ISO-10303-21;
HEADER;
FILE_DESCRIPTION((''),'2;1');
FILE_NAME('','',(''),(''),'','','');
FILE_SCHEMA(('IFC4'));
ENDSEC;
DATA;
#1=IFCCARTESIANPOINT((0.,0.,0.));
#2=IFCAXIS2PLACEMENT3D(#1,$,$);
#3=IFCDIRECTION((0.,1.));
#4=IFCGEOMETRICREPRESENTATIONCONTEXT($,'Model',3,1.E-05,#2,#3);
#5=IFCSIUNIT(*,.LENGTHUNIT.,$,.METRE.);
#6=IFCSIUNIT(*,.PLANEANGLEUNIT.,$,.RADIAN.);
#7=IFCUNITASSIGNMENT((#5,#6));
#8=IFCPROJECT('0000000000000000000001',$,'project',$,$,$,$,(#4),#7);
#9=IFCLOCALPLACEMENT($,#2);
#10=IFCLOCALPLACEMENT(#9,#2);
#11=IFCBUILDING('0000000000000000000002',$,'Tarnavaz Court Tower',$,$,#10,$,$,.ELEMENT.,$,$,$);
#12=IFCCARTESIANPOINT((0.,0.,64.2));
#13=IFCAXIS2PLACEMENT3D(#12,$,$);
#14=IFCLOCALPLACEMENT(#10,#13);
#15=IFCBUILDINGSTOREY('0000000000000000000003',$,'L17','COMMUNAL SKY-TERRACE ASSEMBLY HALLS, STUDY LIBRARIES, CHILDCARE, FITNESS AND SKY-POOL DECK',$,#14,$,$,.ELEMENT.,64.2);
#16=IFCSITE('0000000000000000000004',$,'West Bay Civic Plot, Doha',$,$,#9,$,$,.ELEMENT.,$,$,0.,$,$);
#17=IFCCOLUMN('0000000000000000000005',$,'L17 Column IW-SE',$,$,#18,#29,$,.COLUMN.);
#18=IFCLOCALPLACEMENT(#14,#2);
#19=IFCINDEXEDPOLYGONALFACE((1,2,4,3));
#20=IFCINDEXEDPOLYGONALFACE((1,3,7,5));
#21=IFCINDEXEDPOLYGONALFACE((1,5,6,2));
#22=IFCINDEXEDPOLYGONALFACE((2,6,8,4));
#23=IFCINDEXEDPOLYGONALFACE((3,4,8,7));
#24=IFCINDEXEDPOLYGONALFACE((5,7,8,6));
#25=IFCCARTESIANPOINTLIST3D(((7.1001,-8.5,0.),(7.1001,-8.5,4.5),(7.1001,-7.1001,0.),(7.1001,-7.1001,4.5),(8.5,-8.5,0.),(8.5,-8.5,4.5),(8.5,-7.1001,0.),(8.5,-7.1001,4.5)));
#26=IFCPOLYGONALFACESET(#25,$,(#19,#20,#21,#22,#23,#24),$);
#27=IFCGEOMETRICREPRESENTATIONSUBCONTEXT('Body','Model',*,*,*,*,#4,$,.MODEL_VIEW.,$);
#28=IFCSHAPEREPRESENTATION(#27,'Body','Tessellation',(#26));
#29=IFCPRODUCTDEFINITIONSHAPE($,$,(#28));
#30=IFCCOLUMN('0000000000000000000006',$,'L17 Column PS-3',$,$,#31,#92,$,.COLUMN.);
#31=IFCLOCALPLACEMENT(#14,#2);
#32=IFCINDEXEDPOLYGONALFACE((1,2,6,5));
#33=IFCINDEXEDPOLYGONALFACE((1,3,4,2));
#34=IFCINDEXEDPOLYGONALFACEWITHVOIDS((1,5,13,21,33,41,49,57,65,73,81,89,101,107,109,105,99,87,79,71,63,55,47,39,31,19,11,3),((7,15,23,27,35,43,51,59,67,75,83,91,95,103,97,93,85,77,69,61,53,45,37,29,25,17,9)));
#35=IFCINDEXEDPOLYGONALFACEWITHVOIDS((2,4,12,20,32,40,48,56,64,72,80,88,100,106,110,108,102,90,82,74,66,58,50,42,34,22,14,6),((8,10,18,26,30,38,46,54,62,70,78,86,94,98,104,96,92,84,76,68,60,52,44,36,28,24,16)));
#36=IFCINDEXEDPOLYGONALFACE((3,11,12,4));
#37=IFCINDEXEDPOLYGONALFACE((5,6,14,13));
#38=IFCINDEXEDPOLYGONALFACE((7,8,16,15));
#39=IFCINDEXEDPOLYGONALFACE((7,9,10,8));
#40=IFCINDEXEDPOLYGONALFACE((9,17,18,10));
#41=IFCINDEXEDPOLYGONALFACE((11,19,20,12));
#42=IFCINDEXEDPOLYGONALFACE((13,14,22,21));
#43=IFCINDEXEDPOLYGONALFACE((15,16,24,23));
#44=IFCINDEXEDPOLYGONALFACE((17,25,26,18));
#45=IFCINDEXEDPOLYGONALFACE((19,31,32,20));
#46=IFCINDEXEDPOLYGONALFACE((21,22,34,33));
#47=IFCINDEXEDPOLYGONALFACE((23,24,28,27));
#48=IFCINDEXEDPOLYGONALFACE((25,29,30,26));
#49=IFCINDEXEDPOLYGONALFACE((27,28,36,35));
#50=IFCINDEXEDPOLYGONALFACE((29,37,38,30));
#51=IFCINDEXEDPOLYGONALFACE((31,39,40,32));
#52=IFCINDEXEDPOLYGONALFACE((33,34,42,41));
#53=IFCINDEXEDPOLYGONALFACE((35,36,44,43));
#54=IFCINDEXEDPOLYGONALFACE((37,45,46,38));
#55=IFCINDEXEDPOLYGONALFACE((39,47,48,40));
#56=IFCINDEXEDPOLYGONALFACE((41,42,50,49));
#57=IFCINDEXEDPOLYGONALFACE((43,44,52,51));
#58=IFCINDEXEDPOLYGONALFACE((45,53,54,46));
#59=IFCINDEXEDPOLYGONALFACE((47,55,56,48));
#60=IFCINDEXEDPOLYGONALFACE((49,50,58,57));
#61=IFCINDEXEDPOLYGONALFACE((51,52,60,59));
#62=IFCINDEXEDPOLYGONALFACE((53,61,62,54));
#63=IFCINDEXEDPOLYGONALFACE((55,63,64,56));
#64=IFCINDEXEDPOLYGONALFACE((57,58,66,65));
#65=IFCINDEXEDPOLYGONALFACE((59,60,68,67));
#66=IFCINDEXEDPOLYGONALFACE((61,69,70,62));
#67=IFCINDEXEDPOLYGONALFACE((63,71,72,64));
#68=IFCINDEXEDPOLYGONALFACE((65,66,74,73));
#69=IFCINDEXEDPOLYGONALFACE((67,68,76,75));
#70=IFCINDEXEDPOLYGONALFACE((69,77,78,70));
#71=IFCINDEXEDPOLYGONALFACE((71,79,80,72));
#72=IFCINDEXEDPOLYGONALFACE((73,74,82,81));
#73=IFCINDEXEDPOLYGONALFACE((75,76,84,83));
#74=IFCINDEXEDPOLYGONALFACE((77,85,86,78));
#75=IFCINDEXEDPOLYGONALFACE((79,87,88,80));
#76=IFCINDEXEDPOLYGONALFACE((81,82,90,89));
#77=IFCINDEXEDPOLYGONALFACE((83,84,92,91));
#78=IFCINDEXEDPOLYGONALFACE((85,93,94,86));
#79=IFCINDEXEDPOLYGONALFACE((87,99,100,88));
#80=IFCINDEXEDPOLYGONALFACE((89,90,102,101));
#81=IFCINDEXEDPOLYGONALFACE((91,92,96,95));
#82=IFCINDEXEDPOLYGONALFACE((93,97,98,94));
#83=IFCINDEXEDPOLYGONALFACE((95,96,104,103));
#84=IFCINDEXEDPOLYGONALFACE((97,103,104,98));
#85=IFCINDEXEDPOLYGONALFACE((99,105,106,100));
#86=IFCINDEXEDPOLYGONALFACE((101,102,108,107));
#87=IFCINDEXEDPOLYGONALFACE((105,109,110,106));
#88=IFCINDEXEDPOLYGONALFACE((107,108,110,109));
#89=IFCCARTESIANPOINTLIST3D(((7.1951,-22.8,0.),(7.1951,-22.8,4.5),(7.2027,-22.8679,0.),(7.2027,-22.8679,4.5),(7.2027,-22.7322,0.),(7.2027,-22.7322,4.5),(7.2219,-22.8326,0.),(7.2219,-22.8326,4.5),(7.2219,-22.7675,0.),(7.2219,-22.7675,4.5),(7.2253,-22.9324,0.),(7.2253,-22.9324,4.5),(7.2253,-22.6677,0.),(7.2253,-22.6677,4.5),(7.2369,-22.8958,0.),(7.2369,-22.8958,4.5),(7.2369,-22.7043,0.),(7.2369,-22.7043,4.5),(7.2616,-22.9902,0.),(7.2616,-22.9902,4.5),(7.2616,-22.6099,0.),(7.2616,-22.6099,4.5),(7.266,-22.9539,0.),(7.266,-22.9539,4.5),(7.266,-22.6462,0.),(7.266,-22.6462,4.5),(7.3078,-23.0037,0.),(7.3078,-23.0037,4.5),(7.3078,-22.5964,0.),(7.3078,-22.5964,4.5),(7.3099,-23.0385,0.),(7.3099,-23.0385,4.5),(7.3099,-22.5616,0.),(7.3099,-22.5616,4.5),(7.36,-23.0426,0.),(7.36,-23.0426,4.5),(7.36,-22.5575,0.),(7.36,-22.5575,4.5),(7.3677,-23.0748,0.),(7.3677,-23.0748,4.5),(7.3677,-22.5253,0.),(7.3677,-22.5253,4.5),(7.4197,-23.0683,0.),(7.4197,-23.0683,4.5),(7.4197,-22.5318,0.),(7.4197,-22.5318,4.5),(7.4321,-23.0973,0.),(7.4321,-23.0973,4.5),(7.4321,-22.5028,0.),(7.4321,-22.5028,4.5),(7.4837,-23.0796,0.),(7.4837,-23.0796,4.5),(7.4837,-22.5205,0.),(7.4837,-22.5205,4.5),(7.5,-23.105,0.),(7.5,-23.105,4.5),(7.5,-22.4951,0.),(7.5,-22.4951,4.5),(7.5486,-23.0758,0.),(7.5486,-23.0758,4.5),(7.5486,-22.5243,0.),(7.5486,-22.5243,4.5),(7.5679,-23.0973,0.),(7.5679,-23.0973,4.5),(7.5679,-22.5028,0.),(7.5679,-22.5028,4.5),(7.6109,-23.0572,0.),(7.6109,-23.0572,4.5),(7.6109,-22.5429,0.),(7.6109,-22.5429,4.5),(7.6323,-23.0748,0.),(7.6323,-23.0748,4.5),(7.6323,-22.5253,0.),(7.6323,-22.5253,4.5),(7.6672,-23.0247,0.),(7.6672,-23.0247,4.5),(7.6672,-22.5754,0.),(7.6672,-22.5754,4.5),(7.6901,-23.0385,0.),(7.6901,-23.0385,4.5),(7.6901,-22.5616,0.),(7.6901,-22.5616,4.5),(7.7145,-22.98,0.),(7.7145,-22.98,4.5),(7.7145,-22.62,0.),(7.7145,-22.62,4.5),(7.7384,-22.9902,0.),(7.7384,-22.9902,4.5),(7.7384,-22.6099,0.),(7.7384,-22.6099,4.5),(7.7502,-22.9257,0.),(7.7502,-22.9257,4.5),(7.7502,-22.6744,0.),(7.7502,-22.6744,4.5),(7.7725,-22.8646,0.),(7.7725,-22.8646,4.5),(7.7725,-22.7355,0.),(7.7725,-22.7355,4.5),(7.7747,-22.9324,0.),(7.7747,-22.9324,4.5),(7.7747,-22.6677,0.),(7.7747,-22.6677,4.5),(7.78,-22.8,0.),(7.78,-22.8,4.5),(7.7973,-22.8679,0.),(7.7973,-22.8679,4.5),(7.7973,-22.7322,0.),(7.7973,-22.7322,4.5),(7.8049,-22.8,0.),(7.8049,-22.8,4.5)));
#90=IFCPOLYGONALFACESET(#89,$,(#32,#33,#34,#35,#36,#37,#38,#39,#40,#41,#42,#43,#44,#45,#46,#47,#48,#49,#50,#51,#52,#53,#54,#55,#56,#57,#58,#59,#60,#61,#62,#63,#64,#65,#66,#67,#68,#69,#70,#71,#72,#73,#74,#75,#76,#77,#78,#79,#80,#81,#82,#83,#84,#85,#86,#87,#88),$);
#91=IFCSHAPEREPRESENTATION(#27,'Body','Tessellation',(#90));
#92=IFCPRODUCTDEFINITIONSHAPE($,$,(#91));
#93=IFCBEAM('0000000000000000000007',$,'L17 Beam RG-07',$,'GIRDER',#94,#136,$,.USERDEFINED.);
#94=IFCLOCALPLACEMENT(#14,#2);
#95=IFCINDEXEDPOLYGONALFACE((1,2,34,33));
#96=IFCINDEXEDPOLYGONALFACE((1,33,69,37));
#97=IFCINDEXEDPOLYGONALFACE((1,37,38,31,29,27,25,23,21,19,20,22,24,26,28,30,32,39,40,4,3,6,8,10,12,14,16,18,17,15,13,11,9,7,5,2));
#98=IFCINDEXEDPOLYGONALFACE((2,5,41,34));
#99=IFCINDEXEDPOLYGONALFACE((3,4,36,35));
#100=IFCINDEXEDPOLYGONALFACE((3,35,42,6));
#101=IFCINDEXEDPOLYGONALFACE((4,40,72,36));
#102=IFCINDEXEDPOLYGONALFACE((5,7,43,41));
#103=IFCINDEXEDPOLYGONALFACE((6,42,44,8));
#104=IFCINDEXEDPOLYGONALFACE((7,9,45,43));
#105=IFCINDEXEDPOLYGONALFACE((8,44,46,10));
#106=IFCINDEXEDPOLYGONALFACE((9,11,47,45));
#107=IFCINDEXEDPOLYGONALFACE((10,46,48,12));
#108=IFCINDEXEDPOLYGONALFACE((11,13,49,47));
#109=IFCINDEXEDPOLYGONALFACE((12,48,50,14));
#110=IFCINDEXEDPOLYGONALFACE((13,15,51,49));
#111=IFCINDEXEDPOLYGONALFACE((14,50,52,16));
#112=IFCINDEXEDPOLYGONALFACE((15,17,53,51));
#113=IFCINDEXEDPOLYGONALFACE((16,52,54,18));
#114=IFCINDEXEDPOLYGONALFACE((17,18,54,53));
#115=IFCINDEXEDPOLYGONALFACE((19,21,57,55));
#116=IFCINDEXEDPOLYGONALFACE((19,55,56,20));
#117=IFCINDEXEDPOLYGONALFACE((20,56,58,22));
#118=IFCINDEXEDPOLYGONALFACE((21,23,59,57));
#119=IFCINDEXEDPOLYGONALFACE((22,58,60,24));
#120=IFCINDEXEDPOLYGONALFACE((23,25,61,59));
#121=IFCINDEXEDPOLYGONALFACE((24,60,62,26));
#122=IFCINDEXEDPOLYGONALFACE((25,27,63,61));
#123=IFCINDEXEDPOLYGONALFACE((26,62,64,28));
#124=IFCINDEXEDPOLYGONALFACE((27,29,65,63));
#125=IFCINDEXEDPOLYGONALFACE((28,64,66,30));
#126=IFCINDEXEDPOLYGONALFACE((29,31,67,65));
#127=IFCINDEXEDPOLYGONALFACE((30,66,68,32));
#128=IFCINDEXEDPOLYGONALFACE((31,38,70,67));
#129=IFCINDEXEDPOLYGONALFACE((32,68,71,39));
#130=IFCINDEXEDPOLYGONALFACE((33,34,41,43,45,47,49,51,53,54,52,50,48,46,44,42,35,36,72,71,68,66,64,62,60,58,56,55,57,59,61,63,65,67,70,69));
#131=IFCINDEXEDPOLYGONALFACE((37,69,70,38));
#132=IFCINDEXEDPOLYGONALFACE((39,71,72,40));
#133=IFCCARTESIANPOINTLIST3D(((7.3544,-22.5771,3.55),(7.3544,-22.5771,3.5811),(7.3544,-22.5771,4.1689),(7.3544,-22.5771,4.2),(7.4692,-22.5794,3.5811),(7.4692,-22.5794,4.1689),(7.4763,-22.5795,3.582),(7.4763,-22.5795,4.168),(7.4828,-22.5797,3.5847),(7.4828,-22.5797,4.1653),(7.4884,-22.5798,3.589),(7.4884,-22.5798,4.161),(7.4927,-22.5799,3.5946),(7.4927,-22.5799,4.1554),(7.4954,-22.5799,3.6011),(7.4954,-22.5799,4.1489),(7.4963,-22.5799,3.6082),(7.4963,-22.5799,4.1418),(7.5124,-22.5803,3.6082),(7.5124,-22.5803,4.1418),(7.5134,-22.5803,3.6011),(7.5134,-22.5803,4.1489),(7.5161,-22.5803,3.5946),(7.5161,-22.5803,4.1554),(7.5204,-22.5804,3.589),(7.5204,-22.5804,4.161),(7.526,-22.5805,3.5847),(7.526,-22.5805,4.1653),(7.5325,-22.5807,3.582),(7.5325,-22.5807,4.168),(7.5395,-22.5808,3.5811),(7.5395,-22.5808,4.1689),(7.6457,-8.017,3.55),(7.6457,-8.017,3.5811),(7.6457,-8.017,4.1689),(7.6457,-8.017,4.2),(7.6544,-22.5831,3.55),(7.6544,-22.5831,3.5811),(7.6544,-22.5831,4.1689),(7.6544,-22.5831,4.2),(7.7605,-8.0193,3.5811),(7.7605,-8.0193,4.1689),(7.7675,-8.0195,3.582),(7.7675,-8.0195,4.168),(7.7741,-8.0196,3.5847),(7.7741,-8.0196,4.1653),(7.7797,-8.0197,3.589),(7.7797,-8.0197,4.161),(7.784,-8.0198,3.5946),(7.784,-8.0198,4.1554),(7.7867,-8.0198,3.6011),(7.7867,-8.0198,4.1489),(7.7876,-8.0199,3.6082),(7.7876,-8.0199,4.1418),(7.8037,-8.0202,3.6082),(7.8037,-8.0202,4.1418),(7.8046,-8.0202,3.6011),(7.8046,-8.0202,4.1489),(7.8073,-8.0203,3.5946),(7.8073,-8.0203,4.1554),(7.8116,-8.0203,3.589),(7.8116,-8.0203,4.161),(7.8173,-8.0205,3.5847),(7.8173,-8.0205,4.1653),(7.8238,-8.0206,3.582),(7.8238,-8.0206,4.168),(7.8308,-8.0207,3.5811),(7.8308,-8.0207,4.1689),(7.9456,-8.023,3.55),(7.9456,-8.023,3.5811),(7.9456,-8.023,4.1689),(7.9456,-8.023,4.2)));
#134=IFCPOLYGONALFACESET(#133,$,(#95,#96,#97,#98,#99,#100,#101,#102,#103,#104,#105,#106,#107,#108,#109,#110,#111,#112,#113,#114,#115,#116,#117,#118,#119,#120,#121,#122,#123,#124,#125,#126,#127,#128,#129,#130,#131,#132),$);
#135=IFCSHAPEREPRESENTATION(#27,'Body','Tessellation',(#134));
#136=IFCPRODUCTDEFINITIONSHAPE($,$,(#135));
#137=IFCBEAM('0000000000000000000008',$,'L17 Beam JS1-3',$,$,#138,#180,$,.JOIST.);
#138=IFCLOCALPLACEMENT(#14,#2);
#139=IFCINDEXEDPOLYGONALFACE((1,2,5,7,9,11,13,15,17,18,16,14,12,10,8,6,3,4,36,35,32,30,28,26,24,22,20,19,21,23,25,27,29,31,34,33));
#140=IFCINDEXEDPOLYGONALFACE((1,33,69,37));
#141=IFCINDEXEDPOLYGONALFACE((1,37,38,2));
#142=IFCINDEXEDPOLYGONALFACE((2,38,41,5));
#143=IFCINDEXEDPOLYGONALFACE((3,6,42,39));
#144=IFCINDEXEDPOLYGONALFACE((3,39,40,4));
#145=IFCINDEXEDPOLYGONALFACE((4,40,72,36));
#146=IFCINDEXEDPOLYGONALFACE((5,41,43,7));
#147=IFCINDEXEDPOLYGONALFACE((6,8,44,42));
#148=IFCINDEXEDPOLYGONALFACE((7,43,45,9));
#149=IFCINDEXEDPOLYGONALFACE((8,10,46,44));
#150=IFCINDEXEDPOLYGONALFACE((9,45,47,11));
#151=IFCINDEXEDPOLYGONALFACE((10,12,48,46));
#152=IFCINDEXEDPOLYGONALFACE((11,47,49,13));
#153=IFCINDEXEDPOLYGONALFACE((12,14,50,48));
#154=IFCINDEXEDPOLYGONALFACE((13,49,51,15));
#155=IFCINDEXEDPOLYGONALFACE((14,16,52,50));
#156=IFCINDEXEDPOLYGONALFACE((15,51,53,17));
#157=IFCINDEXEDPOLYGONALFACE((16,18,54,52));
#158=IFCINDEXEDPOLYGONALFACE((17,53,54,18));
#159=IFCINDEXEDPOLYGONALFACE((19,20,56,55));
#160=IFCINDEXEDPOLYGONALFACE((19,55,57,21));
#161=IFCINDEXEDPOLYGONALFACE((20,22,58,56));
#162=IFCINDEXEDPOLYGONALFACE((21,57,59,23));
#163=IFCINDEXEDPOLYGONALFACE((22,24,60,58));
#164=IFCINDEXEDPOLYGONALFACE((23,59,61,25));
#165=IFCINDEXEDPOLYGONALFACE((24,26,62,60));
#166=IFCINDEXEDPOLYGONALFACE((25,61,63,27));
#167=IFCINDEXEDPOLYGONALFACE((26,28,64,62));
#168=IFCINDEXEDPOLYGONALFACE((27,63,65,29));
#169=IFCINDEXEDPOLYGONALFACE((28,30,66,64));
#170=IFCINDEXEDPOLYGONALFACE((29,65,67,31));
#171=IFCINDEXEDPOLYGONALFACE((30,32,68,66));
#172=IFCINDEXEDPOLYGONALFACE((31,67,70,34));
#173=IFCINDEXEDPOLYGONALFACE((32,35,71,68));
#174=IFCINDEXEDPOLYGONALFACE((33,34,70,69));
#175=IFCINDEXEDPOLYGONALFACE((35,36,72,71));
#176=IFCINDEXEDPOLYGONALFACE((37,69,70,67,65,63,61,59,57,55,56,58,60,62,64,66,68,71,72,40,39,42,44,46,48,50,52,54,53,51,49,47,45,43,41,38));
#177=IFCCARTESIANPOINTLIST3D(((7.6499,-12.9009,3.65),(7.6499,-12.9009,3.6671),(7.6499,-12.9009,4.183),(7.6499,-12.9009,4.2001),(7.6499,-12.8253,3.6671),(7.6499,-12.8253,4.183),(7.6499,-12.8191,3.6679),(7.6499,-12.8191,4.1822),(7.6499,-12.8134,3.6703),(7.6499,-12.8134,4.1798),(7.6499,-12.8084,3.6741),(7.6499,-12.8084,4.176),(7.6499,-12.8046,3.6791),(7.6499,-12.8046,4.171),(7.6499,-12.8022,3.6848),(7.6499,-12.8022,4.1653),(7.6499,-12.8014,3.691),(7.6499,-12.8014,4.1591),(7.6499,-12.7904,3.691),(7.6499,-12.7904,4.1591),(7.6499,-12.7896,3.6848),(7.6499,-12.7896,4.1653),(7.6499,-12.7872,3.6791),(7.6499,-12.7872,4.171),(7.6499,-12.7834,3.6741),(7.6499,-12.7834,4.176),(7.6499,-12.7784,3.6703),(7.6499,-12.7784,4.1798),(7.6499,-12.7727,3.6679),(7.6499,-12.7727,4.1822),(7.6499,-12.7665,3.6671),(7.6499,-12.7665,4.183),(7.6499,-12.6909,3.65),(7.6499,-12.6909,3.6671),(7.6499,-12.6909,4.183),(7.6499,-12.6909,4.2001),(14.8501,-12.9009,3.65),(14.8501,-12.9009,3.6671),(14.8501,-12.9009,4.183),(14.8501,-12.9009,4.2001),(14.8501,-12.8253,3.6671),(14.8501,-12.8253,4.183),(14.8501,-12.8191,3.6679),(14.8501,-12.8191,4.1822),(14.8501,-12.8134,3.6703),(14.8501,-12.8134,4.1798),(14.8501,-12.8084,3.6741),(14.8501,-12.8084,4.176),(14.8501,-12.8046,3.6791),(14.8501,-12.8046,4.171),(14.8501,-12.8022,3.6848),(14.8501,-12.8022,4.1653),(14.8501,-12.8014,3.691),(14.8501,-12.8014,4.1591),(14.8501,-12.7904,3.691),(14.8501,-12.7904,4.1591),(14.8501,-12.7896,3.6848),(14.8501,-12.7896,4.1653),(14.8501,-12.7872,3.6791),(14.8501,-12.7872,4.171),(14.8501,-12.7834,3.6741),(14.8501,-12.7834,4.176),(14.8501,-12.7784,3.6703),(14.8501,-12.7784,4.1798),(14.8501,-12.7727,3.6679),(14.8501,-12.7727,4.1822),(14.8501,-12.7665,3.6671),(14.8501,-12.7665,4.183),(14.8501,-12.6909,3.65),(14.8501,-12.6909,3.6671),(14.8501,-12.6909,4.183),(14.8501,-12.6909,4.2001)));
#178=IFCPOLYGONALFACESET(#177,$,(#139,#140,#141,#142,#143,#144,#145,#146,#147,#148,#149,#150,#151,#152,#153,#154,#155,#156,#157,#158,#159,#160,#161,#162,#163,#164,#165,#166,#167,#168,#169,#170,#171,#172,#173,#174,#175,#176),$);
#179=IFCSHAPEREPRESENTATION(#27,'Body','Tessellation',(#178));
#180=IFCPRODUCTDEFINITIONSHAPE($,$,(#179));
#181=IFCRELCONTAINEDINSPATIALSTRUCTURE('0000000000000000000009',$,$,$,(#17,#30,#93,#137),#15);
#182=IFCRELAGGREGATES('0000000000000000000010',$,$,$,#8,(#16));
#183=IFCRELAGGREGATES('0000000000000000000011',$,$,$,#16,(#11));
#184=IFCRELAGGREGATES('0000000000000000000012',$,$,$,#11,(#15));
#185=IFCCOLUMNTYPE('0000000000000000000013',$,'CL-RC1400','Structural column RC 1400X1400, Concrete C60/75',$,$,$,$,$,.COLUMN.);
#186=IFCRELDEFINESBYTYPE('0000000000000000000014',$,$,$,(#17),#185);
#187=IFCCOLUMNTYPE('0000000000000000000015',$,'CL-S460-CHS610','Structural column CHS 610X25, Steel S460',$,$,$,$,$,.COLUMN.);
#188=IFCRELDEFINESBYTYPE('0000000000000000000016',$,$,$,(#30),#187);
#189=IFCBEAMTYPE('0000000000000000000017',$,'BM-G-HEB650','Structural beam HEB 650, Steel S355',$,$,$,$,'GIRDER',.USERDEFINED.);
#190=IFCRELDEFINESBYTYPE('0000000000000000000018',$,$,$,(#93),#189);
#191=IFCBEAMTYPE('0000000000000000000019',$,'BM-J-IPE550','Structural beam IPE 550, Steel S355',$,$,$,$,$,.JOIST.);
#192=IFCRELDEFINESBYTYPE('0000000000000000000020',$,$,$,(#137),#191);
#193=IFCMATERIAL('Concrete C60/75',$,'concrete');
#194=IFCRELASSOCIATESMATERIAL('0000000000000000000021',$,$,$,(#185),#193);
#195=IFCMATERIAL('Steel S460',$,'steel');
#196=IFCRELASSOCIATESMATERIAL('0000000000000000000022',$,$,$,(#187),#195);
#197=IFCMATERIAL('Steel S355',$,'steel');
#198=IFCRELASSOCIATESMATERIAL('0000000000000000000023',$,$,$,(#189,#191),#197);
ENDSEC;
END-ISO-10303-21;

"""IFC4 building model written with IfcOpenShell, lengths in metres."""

from ifc_helpers import new_model, si_unit, direction, frame, origin, origin_2d, place, context, subcontext, project, spatial, rectangle, hollow_circle, i_section, extrude, material, material_profile, profile_set, type_object, element, save


model = new_model("IFC4")

# Units and contexts
model_context = context("Model", 3, precision=1e-05, world=origin(), true_north=direction((0.0, 1.0)))
body_context = subcontext(model_context, "Body", "Model", "MODEL_VIEW")
ifc_project = project(units=[si_unit("LENGTHUNIT", "METRE"), si_unit("PLANEANGLEUNIT", "RADIAN")], contexts=[model_context])

# Site, building, storey
site_placement = place(None, origin())
site = spatial("IfcSite", under=ifc_project, at=site_placement, Name="West Bay Civic Plot, Doha", CompositionType="ELEMENT", RefElevation=0.0)
building_placement = place(site_placement, origin())
building = spatial("IfcBuilding", under=site, at=building_placement, Name="Tarnavaz Court Tower", CompositionType="ELEMENT")
storey_placement = place(building_placement, frame((0.0, 0.0, 64.2)))
storey = spatial("IfcBuildingStorey", under=building, at=storey_placement, Name="L17", Description="COMMUNAL SKY-TERRACE ASSEMBLY HALLS, STUDY LIBRARIES, CHILDCARE, FITNESS AND SKY-POOL DECK", CompositionType="ELEMENT", Elevation=64.2)

# Columns
ifc_material_1 = material(Name="Concrete C60/75", Category="concrete")
ifc_material_profile_1 = material_profile(ifc_material_1, rectangle(XDim=1.3999, YDim=1.3999, at=origin_2d()), Name="RC 1400X1400")
ifc_profile_set_1 = profile_set([ifc_material_profile_1], Name="Concrete C60/75")
column_type_1 = type_object("IfcColumnType", Name="CL-RC1400", Description="Structural column RC 1400X1400, Concrete C60/75", PredefinedType="COLUMN", material=ifc_profile_set_1)
column_1_placement = place(storey_placement, frame((7.8, -7.8, 0.0), z_axis=(0.0, 0.0, 1.0), x_axis=(1.0, 0.0, 0.0)))
element("IfcColumn", 1, at=column_1_placement, inside=storey, type_object=column_type_1, Name="L17 Column IW-SE", PredefinedType="COLUMN", context=body_context, shape_type="SweptSolid", body=[
    extrude(rectangle(XDim=1.3999, YDim=1.3999, at=origin_2d()), origin(), (0.0, 0.0, 1.0), 4.5),
])
ifc_material_2 = material(Name="Steel S460", Category="steel")
ifc_material_profile_2 = material_profile(ifc_material_2, hollow_circle(Radius=0.3049, WallThickness=0.0249, at=origin_2d()), Name="CHS 610X25")
ifc_profile_set_2 = profile_set([ifc_material_profile_2], Name="Steel S460")
column_type_2 = type_object("IfcColumnType", Name="CL-S460-CHS610", Description="Structural column CHS 610X25, Steel S460", PredefinedType="COLUMN", material=ifc_profile_set_2)
column_2_placement = place(storey_placement, frame((7.5, -22.8, 0.0), z_axis=(0.0, 0.0, 1.0), x_axis=(1.0, 0.0, 0.0)))
element("IfcColumn", 2, at=column_2_placement, inside=storey, type_object=column_type_2, Name="L17 Column PS-3", PredefinedType="COLUMN", context=body_context, shape_type="SweptSolid", body=[
    extrude(hollow_circle(Radius=0.3049, WallThickness=0.0249, at=origin_2d()), origin(), (0.0, 0.0, 1.0), 4.5),
])

# Beams
ifc_material_3 = material(Name="Steel S355", Category="steel")
ifc_material_profile_3 = material_profile(ifc_material_3, i_section(OverallWidth=0.3, OverallDepth=0.6499, WebThickness=0.0161, FlangeThickness=0.031, FilletRadius=0.0271, at=origin_2d()), Name="HEB 650")
ifc_profile_set_3 = profile_set([ifc_material_profile_3], Name="Steel S355")
beam_type_1 = type_object("IfcBeamType", Name="BM-G-HEB650", Description="Structural beam HEB 650, Steel S355", ElementType="GIRDER", PredefinedType="USERDEFINED", material=ifc_profile_set_3)
beam_1_placement = place(storey_placement, frame((7.7957, -8.02, 3.875), z_axis=(-0.02, -0.9998, 0.0), x_axis=(0.9998, -0.02, 0.0)))
element("IfcBeam", 3, at=beam_1_placement, inside=storey, type_object=beam_type_1, Name="L17 Beam RG-07", ObjectType="GIRDER", PredefinedType="USERDEFINED", context=body_context, shape_type="SweptSolid", body=[
    extrude(i_section(OverallWidth=0.3, OverallDepth=0.6499, WebThickness=0.0161, FlangeThickness=0.031, FilletRadius=0.0271, at=origin_2d()), origin(), (0.0, 0.0, 1.0), 14.563),
])
ifc_material_profile_4 = material_profile(ifc_material_3, i_section(OverallWidth=0.21, OverallDepth=0.55, WebThickness=0.011, FlangeThickness=0.0171, FilletRadius=0.0239, at=origin_2d()), Name="IPE 550")
ifc_profile_set_4 = profile_set([ifc_material_profile_4], Name="Steel S355")
beam_type_2 = type_object("IfcBeamType", Name="BM-J-IPE550", Description="Structural beam IPE 550, Steel S355", PredefinedType="JOIST", material=ifc_profile_set_4)
for number, where, z_axis, x_axis, name in (
    (4, (7.6499, -12.7959, 3.925), (1.0, 0.0, 0.0), (0.0, 1.0, 0.0), "L17 Beam JS1-3"),
):
    element("IfcBeam", number, at=place(storey_placement, frame(where, z_axis=z_axis, x_axis=x_axis)), inside=storey, type_object=beam_type_2, Name=name, PredefinedType="JOIST", context=body_context, shape_type="SweptSolid", body=[
        extrude(i_section(OverallWidth=0.21, OverallDepth=0.55, WebThickness=0.011, FlangeThickness=0.0171, FilletRadius=0.0239, at=origin_2d()), origin(), (0.0, 0.0, 1.0), 7.2002),
    ])

save(model, "model.ifc")
